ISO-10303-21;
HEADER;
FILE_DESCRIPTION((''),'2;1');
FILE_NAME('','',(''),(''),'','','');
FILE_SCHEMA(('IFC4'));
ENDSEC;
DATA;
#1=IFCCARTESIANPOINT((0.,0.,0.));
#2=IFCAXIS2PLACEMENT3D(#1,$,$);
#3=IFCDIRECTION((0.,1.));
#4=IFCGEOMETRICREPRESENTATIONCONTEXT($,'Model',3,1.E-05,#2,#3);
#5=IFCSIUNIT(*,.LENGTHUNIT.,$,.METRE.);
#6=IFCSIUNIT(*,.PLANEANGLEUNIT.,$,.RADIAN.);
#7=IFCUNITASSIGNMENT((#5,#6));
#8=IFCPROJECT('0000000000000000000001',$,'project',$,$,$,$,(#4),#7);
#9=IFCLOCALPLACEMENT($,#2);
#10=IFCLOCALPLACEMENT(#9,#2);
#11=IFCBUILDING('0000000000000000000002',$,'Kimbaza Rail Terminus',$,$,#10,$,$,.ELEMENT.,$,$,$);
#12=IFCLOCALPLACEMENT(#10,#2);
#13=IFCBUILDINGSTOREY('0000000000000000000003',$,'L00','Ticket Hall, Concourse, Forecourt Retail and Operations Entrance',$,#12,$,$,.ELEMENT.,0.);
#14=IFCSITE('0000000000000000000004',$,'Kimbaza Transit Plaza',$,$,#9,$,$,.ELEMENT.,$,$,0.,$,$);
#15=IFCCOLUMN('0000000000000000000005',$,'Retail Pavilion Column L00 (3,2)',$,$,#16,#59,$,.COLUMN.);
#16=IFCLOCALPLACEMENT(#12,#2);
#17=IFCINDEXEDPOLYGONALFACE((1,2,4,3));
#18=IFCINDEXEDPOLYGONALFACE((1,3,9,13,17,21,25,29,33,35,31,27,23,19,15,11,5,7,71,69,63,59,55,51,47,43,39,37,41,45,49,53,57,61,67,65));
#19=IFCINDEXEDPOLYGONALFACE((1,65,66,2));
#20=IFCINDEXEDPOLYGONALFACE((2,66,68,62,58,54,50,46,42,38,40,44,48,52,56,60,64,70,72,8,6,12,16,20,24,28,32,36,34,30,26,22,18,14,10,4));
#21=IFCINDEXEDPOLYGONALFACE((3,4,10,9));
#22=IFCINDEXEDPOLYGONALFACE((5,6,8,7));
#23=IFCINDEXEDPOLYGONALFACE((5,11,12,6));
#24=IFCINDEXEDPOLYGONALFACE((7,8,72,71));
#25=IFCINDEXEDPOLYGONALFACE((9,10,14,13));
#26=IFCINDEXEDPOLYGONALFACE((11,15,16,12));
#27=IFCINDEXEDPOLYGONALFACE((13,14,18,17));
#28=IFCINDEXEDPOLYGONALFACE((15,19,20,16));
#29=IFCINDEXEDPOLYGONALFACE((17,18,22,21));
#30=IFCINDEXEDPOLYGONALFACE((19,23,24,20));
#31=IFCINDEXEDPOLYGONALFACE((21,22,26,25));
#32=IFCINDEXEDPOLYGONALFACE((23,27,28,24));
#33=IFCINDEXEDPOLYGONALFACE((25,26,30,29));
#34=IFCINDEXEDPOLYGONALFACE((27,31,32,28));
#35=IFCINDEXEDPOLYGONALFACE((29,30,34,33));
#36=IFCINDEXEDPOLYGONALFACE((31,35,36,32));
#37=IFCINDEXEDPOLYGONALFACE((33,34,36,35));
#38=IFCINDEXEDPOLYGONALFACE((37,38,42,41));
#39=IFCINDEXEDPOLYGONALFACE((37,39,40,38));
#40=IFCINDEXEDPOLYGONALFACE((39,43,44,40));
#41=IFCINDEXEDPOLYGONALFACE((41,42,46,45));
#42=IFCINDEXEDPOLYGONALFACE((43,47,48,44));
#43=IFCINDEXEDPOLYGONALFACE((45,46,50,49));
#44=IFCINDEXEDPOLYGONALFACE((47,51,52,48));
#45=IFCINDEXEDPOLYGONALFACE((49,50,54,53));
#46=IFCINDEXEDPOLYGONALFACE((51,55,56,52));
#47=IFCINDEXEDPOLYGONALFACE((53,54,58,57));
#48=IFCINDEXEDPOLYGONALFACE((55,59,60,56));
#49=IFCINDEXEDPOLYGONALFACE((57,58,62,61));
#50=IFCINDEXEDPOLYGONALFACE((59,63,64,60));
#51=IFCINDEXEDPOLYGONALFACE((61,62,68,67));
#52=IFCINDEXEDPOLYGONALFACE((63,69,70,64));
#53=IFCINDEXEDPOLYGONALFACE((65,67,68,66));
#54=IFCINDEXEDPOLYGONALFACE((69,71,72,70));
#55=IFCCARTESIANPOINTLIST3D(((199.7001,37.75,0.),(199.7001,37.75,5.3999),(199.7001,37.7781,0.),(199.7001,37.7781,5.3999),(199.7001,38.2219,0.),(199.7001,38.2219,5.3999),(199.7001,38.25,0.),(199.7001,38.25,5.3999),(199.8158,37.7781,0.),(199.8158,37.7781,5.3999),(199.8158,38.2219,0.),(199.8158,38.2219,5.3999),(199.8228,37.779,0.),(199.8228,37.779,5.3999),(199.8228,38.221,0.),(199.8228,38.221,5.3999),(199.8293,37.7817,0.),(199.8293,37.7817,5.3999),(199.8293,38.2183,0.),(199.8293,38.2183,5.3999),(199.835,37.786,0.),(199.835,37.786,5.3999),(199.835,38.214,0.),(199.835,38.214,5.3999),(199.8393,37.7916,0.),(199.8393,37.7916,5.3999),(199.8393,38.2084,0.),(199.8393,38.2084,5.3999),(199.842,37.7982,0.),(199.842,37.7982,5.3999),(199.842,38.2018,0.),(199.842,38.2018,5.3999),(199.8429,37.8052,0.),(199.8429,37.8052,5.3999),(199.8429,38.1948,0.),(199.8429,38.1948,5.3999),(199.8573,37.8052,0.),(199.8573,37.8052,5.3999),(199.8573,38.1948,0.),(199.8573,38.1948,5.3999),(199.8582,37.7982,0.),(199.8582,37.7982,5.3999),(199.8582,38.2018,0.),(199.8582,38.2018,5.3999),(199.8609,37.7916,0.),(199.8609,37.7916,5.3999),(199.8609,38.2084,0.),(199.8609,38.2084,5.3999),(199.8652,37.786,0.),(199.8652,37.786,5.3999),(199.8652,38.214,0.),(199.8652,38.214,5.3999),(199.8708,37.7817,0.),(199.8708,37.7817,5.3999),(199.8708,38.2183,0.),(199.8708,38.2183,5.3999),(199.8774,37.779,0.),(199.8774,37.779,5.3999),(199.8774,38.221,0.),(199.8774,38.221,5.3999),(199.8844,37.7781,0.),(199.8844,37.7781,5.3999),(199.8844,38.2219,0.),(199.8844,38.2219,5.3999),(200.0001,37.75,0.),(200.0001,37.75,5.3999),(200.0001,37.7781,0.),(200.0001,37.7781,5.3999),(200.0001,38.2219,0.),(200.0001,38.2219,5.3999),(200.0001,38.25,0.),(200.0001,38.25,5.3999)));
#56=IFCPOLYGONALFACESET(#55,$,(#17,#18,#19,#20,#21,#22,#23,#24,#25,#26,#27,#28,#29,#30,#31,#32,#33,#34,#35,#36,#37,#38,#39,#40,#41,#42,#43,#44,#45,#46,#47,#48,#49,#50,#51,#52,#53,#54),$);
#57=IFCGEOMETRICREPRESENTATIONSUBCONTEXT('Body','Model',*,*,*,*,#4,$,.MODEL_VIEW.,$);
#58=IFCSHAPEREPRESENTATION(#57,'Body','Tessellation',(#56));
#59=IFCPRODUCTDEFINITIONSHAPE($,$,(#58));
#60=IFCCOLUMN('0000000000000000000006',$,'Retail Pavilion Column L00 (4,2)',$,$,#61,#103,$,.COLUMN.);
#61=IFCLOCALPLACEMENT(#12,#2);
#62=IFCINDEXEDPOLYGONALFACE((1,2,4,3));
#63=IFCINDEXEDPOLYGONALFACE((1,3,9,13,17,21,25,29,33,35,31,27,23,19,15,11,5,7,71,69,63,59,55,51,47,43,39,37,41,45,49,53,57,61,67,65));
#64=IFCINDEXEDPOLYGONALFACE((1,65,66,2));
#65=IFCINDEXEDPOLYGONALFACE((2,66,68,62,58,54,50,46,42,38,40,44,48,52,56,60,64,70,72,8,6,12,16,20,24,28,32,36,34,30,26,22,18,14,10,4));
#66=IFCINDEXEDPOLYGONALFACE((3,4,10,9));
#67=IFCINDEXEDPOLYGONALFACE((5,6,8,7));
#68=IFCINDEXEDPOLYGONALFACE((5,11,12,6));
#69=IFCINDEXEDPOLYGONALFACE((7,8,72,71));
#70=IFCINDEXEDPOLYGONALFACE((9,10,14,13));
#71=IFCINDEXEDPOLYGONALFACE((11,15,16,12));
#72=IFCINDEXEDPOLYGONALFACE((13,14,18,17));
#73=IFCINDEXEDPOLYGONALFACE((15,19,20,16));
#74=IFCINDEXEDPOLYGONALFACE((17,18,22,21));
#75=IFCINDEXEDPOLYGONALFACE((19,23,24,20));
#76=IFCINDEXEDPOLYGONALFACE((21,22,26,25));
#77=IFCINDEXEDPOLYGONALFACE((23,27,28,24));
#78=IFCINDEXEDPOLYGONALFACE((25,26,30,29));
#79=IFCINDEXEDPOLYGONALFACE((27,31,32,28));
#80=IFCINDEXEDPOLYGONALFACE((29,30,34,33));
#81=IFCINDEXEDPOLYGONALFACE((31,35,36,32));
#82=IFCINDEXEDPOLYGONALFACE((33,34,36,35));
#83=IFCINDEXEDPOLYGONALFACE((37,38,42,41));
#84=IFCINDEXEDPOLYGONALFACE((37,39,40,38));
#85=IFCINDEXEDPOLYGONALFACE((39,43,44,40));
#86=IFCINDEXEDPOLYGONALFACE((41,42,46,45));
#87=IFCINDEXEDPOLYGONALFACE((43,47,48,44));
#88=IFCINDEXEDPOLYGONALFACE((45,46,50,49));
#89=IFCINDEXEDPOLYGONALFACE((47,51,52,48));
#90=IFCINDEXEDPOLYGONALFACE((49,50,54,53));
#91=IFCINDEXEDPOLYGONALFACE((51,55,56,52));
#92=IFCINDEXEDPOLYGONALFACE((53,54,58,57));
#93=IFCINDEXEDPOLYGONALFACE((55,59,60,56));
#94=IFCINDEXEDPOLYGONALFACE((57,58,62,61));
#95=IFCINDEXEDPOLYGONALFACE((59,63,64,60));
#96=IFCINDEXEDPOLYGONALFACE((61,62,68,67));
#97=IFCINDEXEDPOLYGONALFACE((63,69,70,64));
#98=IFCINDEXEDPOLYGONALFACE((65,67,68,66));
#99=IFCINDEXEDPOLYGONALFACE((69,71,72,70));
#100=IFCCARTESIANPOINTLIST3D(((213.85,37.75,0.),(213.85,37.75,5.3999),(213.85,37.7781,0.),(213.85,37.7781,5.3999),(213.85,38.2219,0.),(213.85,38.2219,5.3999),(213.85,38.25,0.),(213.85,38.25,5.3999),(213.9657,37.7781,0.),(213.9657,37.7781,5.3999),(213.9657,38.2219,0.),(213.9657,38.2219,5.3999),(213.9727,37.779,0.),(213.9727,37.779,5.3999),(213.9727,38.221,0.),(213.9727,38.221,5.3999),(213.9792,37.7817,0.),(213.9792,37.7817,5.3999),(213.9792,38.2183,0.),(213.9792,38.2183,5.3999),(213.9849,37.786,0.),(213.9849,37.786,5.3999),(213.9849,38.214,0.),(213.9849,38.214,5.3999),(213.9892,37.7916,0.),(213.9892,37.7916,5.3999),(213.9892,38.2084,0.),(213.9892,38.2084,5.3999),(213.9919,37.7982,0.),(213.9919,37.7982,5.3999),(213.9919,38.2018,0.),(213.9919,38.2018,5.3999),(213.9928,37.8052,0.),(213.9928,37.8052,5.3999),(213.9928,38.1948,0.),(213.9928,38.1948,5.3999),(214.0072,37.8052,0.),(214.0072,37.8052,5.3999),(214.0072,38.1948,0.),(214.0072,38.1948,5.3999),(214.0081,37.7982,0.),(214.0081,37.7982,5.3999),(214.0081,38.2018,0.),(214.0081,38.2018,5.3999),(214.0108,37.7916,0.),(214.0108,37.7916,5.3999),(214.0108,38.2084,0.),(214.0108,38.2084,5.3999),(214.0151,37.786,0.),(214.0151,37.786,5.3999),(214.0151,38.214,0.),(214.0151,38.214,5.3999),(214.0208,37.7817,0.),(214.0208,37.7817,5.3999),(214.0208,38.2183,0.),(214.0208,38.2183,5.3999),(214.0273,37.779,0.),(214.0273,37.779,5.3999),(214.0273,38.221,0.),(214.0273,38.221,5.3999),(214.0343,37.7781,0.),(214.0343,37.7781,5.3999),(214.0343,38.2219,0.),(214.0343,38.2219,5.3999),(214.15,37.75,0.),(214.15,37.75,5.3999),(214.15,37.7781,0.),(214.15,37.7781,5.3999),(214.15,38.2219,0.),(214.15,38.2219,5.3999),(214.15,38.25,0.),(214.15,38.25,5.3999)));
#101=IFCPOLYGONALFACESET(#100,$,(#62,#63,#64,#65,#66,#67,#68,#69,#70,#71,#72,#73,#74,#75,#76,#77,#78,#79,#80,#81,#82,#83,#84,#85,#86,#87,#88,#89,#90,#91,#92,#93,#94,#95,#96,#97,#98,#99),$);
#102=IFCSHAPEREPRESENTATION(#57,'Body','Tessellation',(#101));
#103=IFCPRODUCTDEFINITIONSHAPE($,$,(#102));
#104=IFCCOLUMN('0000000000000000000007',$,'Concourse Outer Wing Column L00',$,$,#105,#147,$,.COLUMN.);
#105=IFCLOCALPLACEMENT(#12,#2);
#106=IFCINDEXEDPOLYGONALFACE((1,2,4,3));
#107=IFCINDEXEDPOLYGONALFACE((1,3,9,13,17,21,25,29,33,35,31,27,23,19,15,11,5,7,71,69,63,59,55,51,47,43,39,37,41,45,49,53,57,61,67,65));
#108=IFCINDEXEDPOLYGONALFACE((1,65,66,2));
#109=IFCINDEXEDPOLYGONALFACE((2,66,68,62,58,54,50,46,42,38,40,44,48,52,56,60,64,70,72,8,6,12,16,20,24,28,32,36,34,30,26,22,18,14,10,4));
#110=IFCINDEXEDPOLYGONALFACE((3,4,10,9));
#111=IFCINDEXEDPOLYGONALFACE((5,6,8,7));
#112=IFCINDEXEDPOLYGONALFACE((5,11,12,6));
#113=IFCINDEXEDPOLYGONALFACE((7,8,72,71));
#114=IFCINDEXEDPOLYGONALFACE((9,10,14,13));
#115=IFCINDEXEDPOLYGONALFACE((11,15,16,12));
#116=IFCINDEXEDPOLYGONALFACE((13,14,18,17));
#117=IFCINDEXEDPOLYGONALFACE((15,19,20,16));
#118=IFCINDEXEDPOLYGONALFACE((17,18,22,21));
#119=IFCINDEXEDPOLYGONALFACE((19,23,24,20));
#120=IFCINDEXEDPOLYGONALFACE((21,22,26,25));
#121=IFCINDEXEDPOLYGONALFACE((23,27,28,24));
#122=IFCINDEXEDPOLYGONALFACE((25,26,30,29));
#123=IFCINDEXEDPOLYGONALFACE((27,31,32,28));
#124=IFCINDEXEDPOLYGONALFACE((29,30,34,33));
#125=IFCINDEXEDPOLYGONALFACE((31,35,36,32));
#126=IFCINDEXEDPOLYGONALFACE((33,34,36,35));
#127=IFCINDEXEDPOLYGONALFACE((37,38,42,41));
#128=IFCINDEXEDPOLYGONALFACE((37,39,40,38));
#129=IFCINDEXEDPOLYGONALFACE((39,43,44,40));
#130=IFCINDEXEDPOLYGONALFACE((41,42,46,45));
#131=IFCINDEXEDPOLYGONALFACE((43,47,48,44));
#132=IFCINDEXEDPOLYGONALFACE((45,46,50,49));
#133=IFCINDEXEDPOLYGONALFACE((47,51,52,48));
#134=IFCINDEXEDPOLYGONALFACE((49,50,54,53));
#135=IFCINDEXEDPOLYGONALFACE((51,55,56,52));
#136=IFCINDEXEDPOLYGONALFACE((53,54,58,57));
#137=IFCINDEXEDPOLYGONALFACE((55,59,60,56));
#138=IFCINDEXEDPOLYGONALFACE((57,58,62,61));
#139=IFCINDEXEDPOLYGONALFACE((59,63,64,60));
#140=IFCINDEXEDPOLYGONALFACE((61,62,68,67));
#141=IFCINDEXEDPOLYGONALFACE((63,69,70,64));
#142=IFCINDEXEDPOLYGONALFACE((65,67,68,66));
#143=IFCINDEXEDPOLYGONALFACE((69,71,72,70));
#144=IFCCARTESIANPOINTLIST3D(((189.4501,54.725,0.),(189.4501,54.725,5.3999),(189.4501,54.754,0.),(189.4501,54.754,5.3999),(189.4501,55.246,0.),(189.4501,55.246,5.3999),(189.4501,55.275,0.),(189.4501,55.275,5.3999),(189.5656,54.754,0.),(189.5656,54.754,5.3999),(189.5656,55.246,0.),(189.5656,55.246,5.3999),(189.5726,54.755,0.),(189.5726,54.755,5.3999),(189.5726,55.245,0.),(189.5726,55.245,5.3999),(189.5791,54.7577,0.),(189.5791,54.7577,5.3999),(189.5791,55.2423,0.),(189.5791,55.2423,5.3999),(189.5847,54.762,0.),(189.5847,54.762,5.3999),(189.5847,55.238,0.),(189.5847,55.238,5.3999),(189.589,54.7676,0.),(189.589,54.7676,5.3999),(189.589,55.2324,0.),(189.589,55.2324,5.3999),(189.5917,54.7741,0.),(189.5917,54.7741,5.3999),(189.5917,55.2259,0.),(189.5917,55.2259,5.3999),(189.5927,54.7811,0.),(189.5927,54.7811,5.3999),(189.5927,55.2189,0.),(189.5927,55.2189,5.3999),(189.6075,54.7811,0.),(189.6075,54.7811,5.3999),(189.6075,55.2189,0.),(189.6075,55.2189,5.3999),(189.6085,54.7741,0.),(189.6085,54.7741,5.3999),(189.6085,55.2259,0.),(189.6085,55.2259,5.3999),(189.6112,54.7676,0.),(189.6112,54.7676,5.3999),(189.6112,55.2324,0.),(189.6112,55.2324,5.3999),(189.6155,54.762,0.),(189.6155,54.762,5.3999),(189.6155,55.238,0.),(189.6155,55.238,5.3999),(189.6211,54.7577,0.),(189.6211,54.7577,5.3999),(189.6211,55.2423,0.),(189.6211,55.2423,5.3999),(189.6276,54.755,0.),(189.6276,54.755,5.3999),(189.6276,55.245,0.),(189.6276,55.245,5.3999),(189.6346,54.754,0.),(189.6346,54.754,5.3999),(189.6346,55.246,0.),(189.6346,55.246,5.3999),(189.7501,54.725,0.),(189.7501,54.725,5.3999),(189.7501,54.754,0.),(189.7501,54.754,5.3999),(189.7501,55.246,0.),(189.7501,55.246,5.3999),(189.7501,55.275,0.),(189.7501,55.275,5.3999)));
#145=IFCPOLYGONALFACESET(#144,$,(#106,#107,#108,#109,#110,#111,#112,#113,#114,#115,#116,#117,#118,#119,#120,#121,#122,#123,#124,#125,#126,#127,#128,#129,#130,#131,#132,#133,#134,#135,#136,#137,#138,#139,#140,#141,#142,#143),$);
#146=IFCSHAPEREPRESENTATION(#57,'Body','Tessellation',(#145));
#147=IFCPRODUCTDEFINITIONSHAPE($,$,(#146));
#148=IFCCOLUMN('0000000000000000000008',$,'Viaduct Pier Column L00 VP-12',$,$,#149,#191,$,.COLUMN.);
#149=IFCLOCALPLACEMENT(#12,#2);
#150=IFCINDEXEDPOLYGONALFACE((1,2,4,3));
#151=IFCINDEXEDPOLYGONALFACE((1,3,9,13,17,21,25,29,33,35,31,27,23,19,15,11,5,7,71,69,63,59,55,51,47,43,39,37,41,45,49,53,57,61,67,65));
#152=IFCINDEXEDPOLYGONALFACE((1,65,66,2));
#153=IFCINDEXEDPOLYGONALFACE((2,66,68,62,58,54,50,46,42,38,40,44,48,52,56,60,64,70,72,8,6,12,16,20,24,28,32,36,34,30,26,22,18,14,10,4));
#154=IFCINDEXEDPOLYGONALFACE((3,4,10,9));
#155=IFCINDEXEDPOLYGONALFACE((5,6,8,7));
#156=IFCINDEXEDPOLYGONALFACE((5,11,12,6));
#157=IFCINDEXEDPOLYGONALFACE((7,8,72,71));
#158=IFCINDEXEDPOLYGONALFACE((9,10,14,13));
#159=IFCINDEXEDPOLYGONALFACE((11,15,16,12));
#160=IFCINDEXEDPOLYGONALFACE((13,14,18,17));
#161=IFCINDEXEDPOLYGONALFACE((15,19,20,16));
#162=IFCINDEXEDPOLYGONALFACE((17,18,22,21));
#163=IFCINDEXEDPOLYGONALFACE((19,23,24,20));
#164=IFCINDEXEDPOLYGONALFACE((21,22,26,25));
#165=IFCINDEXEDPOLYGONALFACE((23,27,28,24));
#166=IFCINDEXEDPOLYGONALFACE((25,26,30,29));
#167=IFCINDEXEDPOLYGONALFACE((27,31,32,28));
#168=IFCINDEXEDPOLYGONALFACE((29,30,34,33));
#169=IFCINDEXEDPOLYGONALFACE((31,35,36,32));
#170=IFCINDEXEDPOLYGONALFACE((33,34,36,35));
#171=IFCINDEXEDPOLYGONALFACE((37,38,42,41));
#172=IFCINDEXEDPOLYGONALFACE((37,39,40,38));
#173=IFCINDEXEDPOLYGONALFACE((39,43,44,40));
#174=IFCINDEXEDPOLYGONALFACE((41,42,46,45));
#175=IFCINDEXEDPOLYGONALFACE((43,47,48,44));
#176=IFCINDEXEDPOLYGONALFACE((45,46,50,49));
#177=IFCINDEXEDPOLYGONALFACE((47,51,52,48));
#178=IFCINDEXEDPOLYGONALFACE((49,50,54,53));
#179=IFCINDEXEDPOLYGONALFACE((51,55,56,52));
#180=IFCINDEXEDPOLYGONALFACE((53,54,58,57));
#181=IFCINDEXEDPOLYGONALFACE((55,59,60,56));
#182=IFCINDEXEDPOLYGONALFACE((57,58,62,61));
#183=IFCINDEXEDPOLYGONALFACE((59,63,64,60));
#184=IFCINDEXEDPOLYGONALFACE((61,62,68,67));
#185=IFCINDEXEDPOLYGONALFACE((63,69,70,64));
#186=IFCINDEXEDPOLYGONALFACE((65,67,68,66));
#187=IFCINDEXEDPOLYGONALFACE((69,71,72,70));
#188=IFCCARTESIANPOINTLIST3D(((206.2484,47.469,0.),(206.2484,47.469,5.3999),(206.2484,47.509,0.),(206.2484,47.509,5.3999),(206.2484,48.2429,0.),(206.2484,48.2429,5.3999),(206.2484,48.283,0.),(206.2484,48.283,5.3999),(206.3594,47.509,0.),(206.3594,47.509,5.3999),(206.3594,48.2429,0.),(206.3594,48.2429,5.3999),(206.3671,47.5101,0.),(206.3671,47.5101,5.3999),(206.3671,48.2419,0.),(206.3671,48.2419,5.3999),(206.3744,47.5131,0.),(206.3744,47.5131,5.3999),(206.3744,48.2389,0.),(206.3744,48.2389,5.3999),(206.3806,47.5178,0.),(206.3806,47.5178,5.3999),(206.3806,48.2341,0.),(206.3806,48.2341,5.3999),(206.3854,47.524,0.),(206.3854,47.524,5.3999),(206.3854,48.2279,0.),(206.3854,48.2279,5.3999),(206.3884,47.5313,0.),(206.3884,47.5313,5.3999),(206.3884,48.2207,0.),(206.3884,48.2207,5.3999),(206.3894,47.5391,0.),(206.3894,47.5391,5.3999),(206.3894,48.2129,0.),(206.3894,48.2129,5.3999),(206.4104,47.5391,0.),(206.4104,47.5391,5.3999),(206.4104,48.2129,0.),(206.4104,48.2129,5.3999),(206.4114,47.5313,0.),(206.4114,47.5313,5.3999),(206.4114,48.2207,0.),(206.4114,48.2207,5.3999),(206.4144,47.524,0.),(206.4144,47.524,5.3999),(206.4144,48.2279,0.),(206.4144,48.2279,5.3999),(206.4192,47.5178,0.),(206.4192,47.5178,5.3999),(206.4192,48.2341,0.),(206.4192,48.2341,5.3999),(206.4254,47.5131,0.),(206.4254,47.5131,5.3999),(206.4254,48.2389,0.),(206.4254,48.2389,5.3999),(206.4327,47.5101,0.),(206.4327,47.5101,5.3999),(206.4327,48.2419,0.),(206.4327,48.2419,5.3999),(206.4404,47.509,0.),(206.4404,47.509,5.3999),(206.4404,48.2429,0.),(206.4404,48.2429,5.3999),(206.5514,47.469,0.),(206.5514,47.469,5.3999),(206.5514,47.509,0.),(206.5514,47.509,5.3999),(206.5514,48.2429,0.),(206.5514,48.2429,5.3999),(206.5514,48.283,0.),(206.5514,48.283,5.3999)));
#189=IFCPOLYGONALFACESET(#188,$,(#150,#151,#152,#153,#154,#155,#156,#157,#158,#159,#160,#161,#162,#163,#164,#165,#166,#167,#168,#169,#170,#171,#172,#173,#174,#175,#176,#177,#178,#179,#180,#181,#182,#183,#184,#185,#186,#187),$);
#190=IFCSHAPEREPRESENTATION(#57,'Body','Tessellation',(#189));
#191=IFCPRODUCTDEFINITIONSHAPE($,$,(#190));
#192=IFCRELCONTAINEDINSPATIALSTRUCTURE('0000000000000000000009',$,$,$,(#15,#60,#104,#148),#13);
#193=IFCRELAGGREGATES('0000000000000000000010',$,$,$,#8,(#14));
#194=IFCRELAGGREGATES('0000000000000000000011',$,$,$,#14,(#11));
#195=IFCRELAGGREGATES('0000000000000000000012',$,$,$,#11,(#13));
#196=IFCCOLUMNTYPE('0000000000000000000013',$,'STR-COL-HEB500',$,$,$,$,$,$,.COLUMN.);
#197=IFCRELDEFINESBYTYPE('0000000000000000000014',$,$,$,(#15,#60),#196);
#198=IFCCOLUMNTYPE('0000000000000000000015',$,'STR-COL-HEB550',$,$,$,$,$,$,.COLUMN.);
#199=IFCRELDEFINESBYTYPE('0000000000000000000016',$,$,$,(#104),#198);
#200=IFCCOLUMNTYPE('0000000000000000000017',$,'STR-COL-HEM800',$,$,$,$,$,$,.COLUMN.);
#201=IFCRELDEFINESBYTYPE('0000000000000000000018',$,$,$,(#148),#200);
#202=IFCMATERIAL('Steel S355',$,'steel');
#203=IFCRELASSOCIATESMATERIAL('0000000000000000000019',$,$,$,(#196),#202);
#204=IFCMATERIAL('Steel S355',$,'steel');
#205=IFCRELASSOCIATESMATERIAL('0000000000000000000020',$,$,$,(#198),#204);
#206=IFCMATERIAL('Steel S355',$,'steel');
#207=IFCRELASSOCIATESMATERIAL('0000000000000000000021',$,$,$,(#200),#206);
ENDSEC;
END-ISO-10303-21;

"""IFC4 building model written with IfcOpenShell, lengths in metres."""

from ifc_helpers import new_model, si_unit, direction, frame, origin, origin_2d, place, context, subcontext, project, spatial, i_section, extrude, material, material_profile, profile_set, type_object, element, save


model = new_model("IFC4")

# Units and contexts
model_context = context("Model", 3, precision=1e-05, world=origin(), true_north=direction((0.0, 1.0)))
body_context = subcontext(model_context, "Body", "Model", "MODEL_VIEW")
ifc_project = project(units=[si_unit("LENGTHUNIT", "METRE"), si_unit("PLANEANGLEUNIT", "RADIAN")], contexts=[model_context])

# Site, building, storey
site_placement = place(None, origin())
site = spatial("IfcSite", under=ifc_project, at=site_placement, Name="Kimbaza Transit Plaza", CompositionType="ELEMENT", RefElevation=0.0)
building_placement = place(site_placement, origin())
building = spatial("IfcBuilding", under=site, at=building_placement, Name="Kimbaza Rail Terminus", CompositionType="ELEMENT")
storey_placement = place(building_placement, origin())
storey = spatial("IfcBuildingStorey", under=building, at=storey_placement, Name="L00", Description="Ticket Hall, Concourse, Forecourt Retail and Operations Entrance", CompositionType="ELEMENT", Elevation=0.0)

# Columns
ifc_material_1 = material(Name="Steel S355", Category="steel")
ifc_material_profile_1 = material_profile(ifc_material_1, i_section(OverallWidth=0.3, OverallDepth=0.5, WebThickness=0.0144, FlangeThickness=0.0281, FilletRadius=0.0271, at=origin_2d()), Name="HEB 500")
ifc_profile_set_1 = profile_set([ifc_material_profile_1], Name="Steel S355")
column_type_1 = type_object("IfcColumnType", Name="STR-COL-HEB500", PredefinedType="COLUMN", material=ifc_profile_set_1)
for number, where, z_axis, x_axis, name in (
    (1, (199.8501, 38.0, 0.0), (0.0, 0.0, 1.0), (1.0, 0.0, 0.0), "Retail Pavilion Column L00 (3,2)"),
    (2, (214.0, 38.0, 0.0), (0.0, 0.0, 1.0), (1.0, 0.0, 0.0), "Retail Pavilion Column L00 (4,2)"),
):
    element("IfcColumn", number, at=place(storey_placement, frame(where, z_axis=z_axis, x_axis=x_axis)), inside=storey, type_object=column_type_1, Name=name, PredefinedType="COLUMN", context=body_context, shape_type="SweptSolid", body=[
        extrude(i_section(OverallWidth=0.3, OverallDepth=0.5, WebThickness=0.0144, FlangeThickness=0.0281, FilletRadius=0.0271, at=origin_2d()), origin(), (0.0, 0.0, 1.0), 5.3999),
    ])
ifc_material_2 = material(Name="Steel S355", Category="steel")
ifc_material_profile_2 = material_profile(ifc_material_2, i_section(OverallWidth=0.3, OverallDepth=0.55, WebThickness=0.0149, FlangeThickness=0.0291, FilletRadius=0.0271, at=origin_2d()), Name="HEB 550")
ifc_profile_set_2 = profile_set([ifc_material_profile_2], Name="Steel S355")
column_type_2 = type_object("IfcColumnType", Name="STR-COL-HEB550", PredefinedType="COLUMN", material=ifc_profile_set_2)
column_1_placement = place(storey_placement, frame((189.6001, 55.0, 0.0), z_axis=(0.0, 0.0, 1.0), x_axis=(1.0, 0.0, 0.0)))
element("IfcColumn", 3, at=column_1_placement, inside=storey, type_object=column_type_2, Name="Concourse Outer Wing Column L00", PredefinedType="COLUMN", context=body_context, shape_type="SweptSolid", body=[
    extrude(i_section(OverallWidth=0.3, OverallDepth=0.55, WebThickness=0.0149, FlangeThickness=0.0291, FilletRadius=0.0271, at=origin_2d()), origin(), (0.0, 0.0, 1.0), 5.3999),
])
ifc_material_3 = material(Name="Steel S355", Category="steel")
ifc_material_profile_3 = material_profile(ifc_material_3, i_section(OverallWidth=0.303, OverallDepth=0.814, WebThickness=0.021, FlangeThickness=0.04, FilletRadius=0.03, at=origin_2d()), Name="HEM 800")
ifc_profile_set_3 = profile_set([ifc_material_profile_3], Name="Steel S355")
column_type_3 = type_object("IfcColumnType", Name="STR-COL-HEM800", PredefinedType="COLUMN", material=ifc_profile_set_3)
column_2_placement = place(storey_placement, frame((206.3999, 47.876, 0.0), z_axis=(0.0, 0.0, 1.0), x_axis=(1.0, 0.0, 0.0)))
element("IfcColumn", 4, at=column_2_placement, inside=storey, type_object=column_type_3, Name="Viaduct Pier Column L00 VP-12", PredefinedType="COLUMN", context=body_context, shape_type="SweptSolid", body=[
    extrude(i_section(OverallWidth=0.303, OverallDepth=0.814, WebThickness=0.021, FlangeThickness=0.04, FilletRadius=0.03, at=origin_2d()), origin(), (0.0, 0.0, 1.0), 5.3999),
])

save(model, "model.ifc")
